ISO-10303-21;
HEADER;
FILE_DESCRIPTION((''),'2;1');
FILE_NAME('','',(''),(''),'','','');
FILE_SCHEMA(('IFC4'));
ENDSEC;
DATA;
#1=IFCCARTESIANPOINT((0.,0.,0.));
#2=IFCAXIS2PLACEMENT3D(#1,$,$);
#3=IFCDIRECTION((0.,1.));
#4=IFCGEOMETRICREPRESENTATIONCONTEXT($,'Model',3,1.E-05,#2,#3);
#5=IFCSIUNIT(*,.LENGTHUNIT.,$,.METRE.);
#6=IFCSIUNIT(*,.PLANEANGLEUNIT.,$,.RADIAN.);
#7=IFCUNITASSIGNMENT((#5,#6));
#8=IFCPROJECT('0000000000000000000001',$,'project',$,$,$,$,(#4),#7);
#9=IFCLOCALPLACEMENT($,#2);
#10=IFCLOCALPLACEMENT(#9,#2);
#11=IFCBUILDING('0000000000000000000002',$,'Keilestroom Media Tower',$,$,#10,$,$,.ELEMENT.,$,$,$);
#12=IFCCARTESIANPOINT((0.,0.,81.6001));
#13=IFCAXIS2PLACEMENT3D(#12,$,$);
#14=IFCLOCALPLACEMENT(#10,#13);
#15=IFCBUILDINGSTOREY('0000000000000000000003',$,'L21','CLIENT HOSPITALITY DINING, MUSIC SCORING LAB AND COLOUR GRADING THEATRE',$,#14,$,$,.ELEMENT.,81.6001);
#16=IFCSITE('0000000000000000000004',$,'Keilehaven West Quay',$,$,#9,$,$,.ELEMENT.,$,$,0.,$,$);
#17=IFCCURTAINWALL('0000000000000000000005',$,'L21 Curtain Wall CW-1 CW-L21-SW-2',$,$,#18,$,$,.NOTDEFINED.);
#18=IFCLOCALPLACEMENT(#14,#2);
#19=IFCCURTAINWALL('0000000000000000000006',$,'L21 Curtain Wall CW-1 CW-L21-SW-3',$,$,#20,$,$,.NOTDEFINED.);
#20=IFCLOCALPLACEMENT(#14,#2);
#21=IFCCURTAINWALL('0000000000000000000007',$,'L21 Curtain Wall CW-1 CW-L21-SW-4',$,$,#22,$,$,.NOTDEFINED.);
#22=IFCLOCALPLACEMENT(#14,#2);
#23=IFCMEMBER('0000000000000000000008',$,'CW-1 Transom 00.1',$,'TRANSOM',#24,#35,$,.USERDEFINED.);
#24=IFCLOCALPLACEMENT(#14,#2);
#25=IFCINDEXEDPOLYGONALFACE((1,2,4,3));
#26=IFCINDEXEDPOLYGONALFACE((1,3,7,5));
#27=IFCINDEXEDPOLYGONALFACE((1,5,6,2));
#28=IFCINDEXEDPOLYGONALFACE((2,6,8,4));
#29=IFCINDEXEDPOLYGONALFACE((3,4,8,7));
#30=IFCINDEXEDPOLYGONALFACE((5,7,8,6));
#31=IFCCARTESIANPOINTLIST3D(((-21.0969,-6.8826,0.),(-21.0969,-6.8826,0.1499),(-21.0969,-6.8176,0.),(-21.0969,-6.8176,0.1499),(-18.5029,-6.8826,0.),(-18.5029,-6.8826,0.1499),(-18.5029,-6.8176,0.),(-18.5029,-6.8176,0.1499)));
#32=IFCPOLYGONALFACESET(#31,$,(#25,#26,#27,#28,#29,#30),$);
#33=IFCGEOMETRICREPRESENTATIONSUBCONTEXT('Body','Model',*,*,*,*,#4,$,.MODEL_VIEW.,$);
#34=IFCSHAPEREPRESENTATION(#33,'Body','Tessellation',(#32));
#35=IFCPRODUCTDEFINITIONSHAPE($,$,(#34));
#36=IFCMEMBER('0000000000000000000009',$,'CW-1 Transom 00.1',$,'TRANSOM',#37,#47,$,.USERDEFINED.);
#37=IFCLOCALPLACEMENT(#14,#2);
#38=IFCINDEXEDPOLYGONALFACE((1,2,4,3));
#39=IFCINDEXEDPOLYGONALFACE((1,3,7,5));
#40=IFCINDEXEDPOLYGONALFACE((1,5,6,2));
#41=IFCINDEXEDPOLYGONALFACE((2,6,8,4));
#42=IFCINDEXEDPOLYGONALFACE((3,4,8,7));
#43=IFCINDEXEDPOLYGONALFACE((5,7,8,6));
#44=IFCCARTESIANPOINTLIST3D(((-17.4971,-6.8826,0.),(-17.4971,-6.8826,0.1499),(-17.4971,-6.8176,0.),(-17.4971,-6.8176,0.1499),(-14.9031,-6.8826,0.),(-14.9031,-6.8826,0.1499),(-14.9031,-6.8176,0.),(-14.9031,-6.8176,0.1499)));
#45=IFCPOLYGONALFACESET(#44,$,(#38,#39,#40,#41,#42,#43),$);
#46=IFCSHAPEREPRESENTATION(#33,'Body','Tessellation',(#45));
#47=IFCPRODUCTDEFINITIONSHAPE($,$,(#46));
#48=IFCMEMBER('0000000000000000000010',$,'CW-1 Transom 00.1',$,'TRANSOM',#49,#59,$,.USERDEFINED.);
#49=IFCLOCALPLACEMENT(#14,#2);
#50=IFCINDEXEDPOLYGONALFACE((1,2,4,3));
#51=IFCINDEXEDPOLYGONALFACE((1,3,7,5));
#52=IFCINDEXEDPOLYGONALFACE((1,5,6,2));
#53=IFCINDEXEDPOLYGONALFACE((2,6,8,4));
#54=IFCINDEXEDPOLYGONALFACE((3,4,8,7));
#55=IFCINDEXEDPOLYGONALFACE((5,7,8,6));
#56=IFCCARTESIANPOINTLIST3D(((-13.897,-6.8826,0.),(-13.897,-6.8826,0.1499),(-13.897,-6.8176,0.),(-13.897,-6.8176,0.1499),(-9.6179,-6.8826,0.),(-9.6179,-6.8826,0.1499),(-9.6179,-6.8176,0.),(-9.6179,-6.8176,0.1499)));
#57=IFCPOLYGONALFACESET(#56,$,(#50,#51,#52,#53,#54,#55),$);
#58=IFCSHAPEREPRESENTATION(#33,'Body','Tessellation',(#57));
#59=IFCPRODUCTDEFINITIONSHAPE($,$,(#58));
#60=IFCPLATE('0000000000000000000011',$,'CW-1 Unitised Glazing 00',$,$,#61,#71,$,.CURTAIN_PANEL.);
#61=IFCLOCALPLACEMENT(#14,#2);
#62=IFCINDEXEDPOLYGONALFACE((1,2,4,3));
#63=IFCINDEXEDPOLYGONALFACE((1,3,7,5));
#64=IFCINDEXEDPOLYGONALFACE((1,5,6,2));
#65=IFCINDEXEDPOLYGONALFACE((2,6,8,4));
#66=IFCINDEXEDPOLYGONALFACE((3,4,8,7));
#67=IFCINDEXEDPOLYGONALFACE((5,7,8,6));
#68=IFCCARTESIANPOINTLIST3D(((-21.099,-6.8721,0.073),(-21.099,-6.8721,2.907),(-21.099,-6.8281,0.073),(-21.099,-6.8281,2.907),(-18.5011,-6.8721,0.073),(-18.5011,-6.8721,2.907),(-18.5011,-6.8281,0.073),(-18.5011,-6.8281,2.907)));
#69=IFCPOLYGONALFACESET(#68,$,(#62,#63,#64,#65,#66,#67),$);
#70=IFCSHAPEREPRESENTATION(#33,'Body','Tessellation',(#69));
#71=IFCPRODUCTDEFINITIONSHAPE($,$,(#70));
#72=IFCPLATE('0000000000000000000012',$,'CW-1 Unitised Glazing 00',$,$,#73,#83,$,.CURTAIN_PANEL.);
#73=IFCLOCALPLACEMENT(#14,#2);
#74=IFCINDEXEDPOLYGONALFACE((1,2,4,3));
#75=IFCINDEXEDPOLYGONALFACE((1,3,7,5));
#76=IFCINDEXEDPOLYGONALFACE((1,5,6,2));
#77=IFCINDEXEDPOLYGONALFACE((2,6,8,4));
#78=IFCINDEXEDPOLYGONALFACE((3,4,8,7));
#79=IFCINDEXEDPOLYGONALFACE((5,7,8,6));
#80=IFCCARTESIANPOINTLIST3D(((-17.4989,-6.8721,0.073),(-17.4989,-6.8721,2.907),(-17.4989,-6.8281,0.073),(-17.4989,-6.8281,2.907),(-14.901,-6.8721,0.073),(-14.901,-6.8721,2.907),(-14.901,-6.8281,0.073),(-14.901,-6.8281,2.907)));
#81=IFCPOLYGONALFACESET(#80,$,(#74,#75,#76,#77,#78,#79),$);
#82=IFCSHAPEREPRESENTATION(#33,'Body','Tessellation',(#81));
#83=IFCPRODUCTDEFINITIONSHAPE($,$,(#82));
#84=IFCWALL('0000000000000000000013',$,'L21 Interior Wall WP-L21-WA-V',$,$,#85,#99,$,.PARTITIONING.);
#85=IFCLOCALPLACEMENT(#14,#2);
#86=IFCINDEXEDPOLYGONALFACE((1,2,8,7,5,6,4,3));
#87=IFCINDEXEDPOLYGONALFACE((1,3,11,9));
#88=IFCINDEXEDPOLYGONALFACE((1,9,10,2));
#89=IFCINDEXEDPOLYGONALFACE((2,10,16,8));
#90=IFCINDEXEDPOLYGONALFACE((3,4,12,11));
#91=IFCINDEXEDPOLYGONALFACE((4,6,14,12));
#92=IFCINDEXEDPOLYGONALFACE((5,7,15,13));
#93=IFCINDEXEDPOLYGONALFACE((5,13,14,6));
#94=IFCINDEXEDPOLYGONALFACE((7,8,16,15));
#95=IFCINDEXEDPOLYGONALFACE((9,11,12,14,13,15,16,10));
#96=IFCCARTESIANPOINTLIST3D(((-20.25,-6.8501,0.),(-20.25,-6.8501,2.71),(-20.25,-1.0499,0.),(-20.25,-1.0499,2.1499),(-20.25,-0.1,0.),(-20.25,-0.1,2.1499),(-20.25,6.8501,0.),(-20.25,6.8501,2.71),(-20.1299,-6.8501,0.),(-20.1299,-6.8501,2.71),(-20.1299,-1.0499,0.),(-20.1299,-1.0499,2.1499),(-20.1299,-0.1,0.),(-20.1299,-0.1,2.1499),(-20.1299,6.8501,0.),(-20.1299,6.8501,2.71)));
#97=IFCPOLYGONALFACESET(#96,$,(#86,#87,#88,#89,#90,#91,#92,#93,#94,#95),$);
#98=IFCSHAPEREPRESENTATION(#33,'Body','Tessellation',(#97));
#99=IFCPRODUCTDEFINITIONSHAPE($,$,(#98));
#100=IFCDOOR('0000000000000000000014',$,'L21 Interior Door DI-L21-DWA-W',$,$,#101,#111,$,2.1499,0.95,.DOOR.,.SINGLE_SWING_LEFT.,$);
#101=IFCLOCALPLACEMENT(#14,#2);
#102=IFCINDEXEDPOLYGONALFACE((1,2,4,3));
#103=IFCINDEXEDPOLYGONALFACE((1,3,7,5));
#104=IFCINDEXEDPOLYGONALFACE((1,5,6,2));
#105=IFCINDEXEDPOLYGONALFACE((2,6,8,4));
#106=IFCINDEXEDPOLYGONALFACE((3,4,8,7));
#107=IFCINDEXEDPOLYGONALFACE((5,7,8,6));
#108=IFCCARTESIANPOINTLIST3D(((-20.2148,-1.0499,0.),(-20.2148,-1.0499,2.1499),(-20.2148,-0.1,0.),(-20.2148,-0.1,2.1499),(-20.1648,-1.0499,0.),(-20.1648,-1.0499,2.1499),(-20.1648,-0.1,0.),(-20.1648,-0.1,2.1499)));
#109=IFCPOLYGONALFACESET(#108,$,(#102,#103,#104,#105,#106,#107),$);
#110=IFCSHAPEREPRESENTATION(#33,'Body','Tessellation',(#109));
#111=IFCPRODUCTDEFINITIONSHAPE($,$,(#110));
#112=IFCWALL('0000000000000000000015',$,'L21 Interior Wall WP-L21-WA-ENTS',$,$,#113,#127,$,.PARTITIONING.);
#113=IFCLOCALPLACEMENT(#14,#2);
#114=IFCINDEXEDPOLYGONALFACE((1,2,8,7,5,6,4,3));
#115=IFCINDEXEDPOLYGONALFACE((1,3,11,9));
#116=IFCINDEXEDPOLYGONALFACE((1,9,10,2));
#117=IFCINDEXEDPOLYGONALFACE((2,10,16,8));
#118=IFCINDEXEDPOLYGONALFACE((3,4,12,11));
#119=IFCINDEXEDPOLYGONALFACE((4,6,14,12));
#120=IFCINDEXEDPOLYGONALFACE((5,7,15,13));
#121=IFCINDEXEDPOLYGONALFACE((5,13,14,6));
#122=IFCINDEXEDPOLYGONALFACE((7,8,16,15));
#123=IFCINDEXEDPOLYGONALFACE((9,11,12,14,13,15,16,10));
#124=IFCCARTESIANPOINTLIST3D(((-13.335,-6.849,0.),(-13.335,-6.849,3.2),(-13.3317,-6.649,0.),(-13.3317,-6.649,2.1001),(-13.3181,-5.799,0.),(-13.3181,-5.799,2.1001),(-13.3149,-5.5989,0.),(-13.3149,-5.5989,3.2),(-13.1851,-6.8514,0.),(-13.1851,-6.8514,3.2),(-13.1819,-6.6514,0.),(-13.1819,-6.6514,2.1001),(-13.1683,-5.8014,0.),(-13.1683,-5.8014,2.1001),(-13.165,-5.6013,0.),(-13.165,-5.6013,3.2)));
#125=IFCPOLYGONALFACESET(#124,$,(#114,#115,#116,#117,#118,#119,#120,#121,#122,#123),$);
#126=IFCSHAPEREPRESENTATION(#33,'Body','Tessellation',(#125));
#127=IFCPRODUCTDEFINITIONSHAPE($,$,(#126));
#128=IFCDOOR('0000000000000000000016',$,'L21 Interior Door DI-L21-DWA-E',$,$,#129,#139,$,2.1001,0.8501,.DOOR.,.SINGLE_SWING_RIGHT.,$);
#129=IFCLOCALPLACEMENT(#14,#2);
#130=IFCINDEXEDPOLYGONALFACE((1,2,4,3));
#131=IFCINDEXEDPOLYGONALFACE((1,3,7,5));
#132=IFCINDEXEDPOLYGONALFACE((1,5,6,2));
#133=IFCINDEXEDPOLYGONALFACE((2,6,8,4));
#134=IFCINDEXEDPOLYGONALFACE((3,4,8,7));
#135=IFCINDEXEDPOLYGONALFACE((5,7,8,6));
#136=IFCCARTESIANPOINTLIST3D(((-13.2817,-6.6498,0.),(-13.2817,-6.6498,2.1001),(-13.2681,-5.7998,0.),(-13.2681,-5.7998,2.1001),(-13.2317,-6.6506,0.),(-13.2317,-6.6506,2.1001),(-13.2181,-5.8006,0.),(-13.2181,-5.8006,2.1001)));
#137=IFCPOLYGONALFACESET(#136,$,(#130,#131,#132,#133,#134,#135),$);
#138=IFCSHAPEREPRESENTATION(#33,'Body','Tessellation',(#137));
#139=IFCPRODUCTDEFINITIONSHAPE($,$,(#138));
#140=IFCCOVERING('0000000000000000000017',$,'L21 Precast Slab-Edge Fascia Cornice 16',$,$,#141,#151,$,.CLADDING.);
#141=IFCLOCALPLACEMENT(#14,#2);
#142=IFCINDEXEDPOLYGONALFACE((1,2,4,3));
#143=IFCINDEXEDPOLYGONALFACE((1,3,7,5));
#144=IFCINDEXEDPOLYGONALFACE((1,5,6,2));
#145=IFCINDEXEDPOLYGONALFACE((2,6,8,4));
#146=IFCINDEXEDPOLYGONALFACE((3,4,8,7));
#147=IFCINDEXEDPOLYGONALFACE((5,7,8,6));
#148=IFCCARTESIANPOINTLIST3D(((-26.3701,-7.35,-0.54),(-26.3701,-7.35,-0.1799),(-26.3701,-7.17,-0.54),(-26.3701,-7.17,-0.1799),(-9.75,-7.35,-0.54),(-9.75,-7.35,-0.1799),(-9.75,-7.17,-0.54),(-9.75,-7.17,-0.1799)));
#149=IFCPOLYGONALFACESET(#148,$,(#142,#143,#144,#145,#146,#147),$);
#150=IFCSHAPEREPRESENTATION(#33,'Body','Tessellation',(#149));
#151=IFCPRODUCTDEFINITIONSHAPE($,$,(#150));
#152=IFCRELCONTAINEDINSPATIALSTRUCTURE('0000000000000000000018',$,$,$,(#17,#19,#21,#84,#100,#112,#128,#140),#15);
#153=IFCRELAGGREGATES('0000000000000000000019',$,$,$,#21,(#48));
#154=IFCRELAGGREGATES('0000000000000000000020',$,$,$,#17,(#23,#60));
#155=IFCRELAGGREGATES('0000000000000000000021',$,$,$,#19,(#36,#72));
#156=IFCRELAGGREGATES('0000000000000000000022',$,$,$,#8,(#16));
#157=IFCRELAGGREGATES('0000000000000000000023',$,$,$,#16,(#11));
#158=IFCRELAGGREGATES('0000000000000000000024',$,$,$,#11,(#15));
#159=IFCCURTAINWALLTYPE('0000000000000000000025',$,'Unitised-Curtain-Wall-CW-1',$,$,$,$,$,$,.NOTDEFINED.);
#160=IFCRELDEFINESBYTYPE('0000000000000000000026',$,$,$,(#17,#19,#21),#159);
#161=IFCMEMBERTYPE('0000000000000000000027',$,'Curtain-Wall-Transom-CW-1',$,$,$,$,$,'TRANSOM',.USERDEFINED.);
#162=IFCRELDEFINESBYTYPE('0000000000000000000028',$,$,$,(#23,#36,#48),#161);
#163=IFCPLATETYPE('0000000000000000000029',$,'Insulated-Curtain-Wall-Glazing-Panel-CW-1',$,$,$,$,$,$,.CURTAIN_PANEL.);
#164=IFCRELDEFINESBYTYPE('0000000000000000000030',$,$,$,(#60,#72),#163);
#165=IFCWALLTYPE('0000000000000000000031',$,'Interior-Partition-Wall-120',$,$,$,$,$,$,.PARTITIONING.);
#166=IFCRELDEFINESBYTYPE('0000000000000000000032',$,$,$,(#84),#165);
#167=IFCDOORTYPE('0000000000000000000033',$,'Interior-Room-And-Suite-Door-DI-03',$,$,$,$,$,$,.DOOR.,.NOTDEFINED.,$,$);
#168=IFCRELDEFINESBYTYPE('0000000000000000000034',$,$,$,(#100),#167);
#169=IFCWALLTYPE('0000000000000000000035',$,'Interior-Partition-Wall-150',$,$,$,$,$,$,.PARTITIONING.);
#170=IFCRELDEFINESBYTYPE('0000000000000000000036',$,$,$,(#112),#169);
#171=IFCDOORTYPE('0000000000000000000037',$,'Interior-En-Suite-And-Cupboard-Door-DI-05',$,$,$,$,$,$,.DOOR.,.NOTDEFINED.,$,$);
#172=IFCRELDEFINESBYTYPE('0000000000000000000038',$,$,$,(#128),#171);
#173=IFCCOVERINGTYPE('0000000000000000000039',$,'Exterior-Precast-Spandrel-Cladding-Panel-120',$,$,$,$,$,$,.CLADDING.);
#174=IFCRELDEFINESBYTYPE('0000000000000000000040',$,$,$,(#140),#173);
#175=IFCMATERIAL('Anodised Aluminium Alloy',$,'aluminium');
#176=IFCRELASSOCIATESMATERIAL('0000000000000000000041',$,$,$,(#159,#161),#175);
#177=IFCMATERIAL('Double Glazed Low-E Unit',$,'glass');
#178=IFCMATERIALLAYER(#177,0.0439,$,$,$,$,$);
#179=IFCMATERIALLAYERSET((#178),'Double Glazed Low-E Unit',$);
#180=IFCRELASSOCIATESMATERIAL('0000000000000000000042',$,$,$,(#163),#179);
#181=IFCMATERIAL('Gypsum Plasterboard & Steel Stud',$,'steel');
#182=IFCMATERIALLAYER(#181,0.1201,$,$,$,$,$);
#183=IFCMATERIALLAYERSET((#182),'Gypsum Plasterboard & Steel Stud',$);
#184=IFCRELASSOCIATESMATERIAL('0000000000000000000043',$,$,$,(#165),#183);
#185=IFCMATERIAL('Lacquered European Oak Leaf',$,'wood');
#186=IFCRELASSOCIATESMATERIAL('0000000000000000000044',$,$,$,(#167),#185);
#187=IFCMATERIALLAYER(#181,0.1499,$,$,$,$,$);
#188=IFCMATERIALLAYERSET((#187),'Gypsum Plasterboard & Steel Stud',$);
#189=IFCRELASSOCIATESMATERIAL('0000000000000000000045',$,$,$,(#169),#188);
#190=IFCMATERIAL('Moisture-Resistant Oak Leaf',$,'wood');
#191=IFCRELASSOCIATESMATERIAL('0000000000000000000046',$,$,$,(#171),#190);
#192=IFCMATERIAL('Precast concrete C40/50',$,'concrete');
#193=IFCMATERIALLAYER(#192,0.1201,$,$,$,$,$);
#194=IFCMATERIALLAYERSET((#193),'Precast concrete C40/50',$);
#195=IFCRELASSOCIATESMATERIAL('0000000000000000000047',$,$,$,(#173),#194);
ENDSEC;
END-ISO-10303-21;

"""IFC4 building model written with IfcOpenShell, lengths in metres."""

from ifc_helpers import new_model, si_unit, direction, frame, frame_2d, origin, origin_2d, place, context, subcontext, project, spatial, rectangle, extrude, source, transform, mapped, material, layer, layer_set, material_profile, profile_set, type_object, element, fill, aggregate, save


model = new_model("IFC4")

# Units and contexts
model_context = context("Model", 3, precision=1e-05, world=origin(), true_north=direction((0.0, 1.0)))
body_context = subcontext(model_context, "Body", "Model", "MODEL_VIEW")
ifc_project = project(units=[si_unit("LENGTHUNIT", "METRE"), si_unit("PLANEANGLEUNIT", "RADIAN")], contexts=[model_context])

# Site, building, storey
site_placement = place(None, origin())
site = spatial("IfcSite", under=ifc_project, at=site_placement, Name="Keilehaven West Quay", CompositionType="ELEMENT", RefElevation=0.0)
building_placement = place(site_placement, origin())
building = spatial("IfcBuilding", under=site, at=building_placement, Name="Keilestroom Media Tower", CompositionType="ELEMENT")
storey_placement = place(building_placement, frame((0.0, 0.0, 81.6001)))
storey = spatial("IfcBuildingStorey", under=building, at=storey_placement, Name="L21", Description="CLIENT HOSPITALITY DINING, MUSIC SCORING LAB AND COLOUR GRADING THEATRE", CompositionType="ELEMENT", Elevation=81.6001)

# Shared definitions
ifc_material_1 = material(Name="Precast concrete C40/50", Category="concrete")

# Curtain walls
ifc_material_2 = material(Name="Anodised Aluminium Alloy", Category="aluminium")
curtain_wall_type = type_object("IfcCurtainWallType", Name="Unitised-Curtain-Wall-CW-1", PredefinedType="NOTDEFINED", material=ifc_material_2)
curtain_wall_1_placement = place(storey_placement, origin())
curtain_wall_1 = element("IfcCurtainWall", 1, at=curtain_wall_1_placement, inside=storey, type_object=curtain_wall_type, Name="L21 Curtain Wall CW-1 CW-L21-SW-2", PredefinedType="NOTDEFINED")
curtain_wall_2_placement = place(storey_placement, origin())
curtain_wall_2 = element("IfcCurtainWall", 2, at=curtain_wall_2_placement, inside=storey, type_object=curtain_wall_type, Name="L21 Curtain Wall CW-1 CW-L21-SW-3", PredefinedType="NOTDEFINED")

# Curtain wall
curtain_wall_3_placement = place(storey_placement, origin())
curtain_wall_3 = element("IfcCurtainWall", 3, at=curtain_wall_3_placement, inside=storey, type_object=curtain_wall_type, Name="L21 Curtain Wall CW-1 CW-L21-SW-4", PredefinedType="NOTDEFINED")

# Members
ifc_material_profile_1 = material_profile(ifc_material_2, rectangle(XDim=0.0649, YDim=0.1499, at=origin_2d()), Name="ALU TRANSOM 65x150")
ifc_profile_set_1 = profile_set([ifc_material_profile_1], Name="Anodised Aluminium Alloy")
member_type_1 = type_object("IfcMemberType", Name="Curtain-Wall-Transom-CW-1", ElementType="TRANSOM", PredefinedType="USERDEFINED", material=ifc_profile_set_1)
shared_shape_1 = source(origin(), body_context, "Body", "SweptSolid", [
    extrude(rectangle(XDim=0.0649, YDim=0.1499, at=origin_2d()), origin(), (0.0, 0.0, 1.0), 2.594),
])
member_1_placement = place(storey_placement, frame((-21.0969, -6.8501, 0.075), z_axis=(1.0, 0.0, 0.0), x_axis=(0.0, 1.0, 0.0)))
member_1 = element("IfcMember", 4, at=member_1_placement, type_object=member_type_1, Name="CW-1 Transom 00.1", ObjectType="TRANSOM", PredefinedType="USERDEFINED", context=body_context, shape_type="MappedRepresentation", body=[
    mapped(shared_shape_1, transform((0.0, 0.0, 0.0), x_axis=(1.0, 0.0, 0.0), y_axis=(0.0, 1.0, 0.0), z_axis=(0.0, 0.0, 1.0), scale=1.0)),
])
member_2_placement = place(storey_placement, frame((-17.4971, -6.8501, 0.075), z_axis=(1.0, 0.0, 0.0), x_axis=(0.0, 1.0, 0.0)))
member_2 = element("IfcMember", 5, at=member_2_placement, type_object=member_type_1, Name="CW-1 Transom 00.1", ObjectType="TRANSOM", PredefinedType="USERDEFINED", context=body_context, shape_type="MappedRepresentation", body=[
    mapped(shared_shape_1, transform((0.0, 0.0, 0.0), x_axis=(1.0, 0.0, 0.0), y_axis=(0.0, 1.0, 0.0), z_axis=(0.0, 0.0, 1.0), scale=1.0)),
])
shared_shape_2 = source(origin(), body_context, "Body", "SweptSolid", [
    extrude(rectangle(XDim=0.0649, YDim=0.1499, at=origin_2d()), origin(), (0.0, 0.0, 1.0), 4.2791),
])
member_3_placement = place(storey_placement, frame((-13.897, -6.8501, 0.075), z_axis=(1.0, 0.0, 0.0), x_axis=(0.0, 1.0, 0.0)))
member_3 = element("IfcMember", 6, at=member_3_placement, type_object=member_type_1, Name="CW-1 Transom 00.1", ObjectType="TRANSOM", PredefinedType="USERDEFINED", context=body_context, shape_type="MappedRepresentation", body=[
    mapped(shared_shape_2, transform((0.0, 0.0, 0.0), x_axis=(1.0, 0.0, 0.0), y_axis=(0.0, 1.0, 0.0), z_axis=(0.0, 0.0, 1.0), scale=1.0)),
])
aggregate(curtain_wall_3, [member_3])

# Plates
ifc_material_3 = material(Name="Double Glazed Low-E Unit", Category="glass")
ifc_layer_1 = layer(ifc_material_3, 0.0439)
ifc_layer_set_1 = layer_set([ifc_layer_1], Name="Double Glazed Low-E Unit")
plate_type = type_object("IfcPlateType", Name="Insulated-Curtain-Wall-Glazing-Panel-CW-1", PredefinedType="CURTAIN_PANEL", material=ifc_layer_set_1)
shared_shape_3 = source(origin(), body_context, "Body", "SweptSolid", [
    extrude(rectangle(XDim=2.5979, YDim=0.0439, at=origin_2d()), origin(), (0.0, 0.0, 1.0), 2.834),
])
plate_1_placement = place(storey_placement, frame((-19.8, -6.8501, 0.073), z_axis=(0.0, 0.0, 1.0), x_axis=(1.0, 0.0, 0.0)))
plate_1 = element("IfcPlate", 7, at=plate_1_placement, type_object=plate_type, Name="CW-1 Unitised Glazing 00", PredefinedType="CURTAIN_PANEL", context=body_context, shape_type="MappedRepresentation", body=[
    mapped(shared_shape_3, transform((0.0, 0.0, 0.0), x_axis=(1.0, 0.0, 0.0), y_axis=(0.0, 1.0, 0.0), z_axis=(0.0, 0.0, 1.0), scale=1.0)),
])
aggregate(curtain_wall_1, [member_1, plate_1])
plate_2_placement = place(storey_placement, frame((-16.2, -6.8501, 0.073), z_axis=(0.0, 0.0, 1.0), x_axis=(1.0, 0.0, 0.0)))
plate_2 = element("IfcPlate", 8, at=plate_2_placement, type_object=plate_type, Name="CW-1 Unitised Glazing 00", PredefinedType="CURTAIN_PANEL", context=body_context, shape_type="MappedRepresentation", body=[
    mapped(shared_shape_3, transform((0.0, 0.0, 0.0), x_axis=(1.0, 0.0, 0.0), y_axis=(0.0, 1.0, 0.0), z_axis=(0.0, 0.0, 1.0), scale=1.0)),
])
aggregate(curtain_wall_2, [member_2, plate_2])

# Walls, openings, doors
ifc_material_4 = material(Name="Gypsum Plasterboard & Steel Stud", Category="steel")
ifc_layer_2 = layer(ifc_material_4, 0.1201)
ifc_layer_set_2 = layer_set([ifc_layer_2], Name="Gypsum Plasterboard & Steel Stud")
wall_type_1 = type_object("IfcWallType", Name="Interior-Partition-Wall-120", PredefinedType="PARTITIONING", material=ifc_layer_set_2)
wall_1_placement = place(storey_placement, frame((-20.1899, -6.8501, 0.0), z_axis=(0.0, 0.0, 1.0), x_axis=(0.0, 1.0, 0.0)))
wall_1 = element("IfcWall", 9, at=wall_1_placement, inside=storey, type_object=wall_type_1, Name="L21 Interior Wall WP-L21-WA-V", PredefinedType="PARTITIONING", context=body_context, shape_type="SweptSolid", body=[
    extrude(rectangle(XDim=13.7002, YDim=0.1201, at=frame_2d((6.8501, 0.0))), origin(), (0.0, 0.0, 1.0), 2.71),
])
opening_1_placement = place(wall_1_placement, frame((5.8, 0.0, 0.0)))
opening_1 = element("IfcOpeningElement", 10, at=opening_1_placement, cuts=wall_1, PredefinedType="OPENING", context=body_context, shape_type="SweptSolid", body=[
    extrude(rectangle(XDim=0.95, YDim=2.1499, at=frame_2d((0.4751, 1.075))), frame((0.0, 0.0701, 0.0), z_axis=(0.0, -1.0, 0.0), x_axis=(1.0, 0.0, 0.0)), (0.0, 0.0, 1.0), 0.1401),
])
ifc_material_5 = material(Name="Lacquered European Oak Leaf", Category="wood")
door_type_1 = type_object("IfcDoorType", Name="Interior-Room-And-Suite-Door-DI-03", OperationType="NOTDEFINED", PredefinedType="DOOR", material=ifc_material_5)
shared_shape_4 = source(origin(), body_context, "Body", "SweptSolid", [
    extrude(rectangle(XDim=0.95, YDim=2.1499, at=frame_2d((0.4751, 1.075))), frame((0.0, 0.0249, 0.0), z_axis=(0.0, -1.0, 0.0), x_axis=(1.0, 0.0, 0.0)), (0.0, 0.0, 1.0), 0.05),
])
door_1_placement = place(opening_1_placement, origin())
door_1 = element("IfcDoor", 11, at=door_1_placement, inside=storey, type_object=door_type_1, Name="L21 Interior Door DI-L21-DWA-W", OperationType="SINGLE_SWING_LEFT", OverallHeight=2.1499, OverallWidth=0.95, PredefinedType="DOOR", context=body_context, shape_type="MappedRepresentation", body=[
    mapped(shared_shape_4, transform((0.0, 0.0, 0.0), x_axis=(1.0, 0.0, 0.0), y_axis=(0.0, 1.0, 0.0), z_axis=(0.0, 0.0, 1.0), scale=1.0)),
])
fill(opening_1, door_1)
ifc_layer_3 = layer(ifc_material_4, 0.1499)
ifc_layer_set_3 = layer_set([ifc_layer_3], Name="Gypsum Plasterboard & Steel Stud")
wall_type_2 = type_object("IfcWallType", Name="Interior-Partition-Wall-150", PredefinedType="PARTITIONING", material=ifc_layer_set_3)
wall_2_placement = place(storey_placement, frame((-13.26, -6.8501, 0.0), z_axis=(0.0, 0.0, 1.0), x_axis=(0.016014, 0.999872, 0.0)))
wall_2 = element("IfcWall", 12, at=wall_2_placement, inside=storey, type_object=wall_type_2, Name="L21 Interior Wall WP-L21-WA-ENTS", PredefinedType="PARTITIONING", context=body_context, shape_type="SweptSolid", body=[
    extrude(rectangle(XDim=1.2502, YDim=0.1499, at=frame_2d((0.625, 0.0))), origin(), (0.0, 0.0, 1.0), 3.2),
])
opening_2_placement = place(wall_2_placement, frame((0.2, 0.0, 0.0)))
opening_2 = element("IfcOpeningElement", 13, at=opening_2_placement, cuts=wall_2, PredefinedType="OPENING", context=body_context, shape_type="SweptSolid", body=[
    extrude(rectangle(XDim=0.8501, YDim=2.1001, at=frame_2d((0.425, 1.05))), frame((0.0, 0.085, 0.0), z_axis=(0.0, -1.0, 0.0), x_axis=(1.0, 0.0, 0.0)), (0.0, 0.0, 1.0), 0.1699),
])
ifc_material_6 = material(Name="Moisture-Resistant Oak Leaf", Category="wood")
door_type_2 = type_object("IfcDoorType", Name="Interior-En-Suite-And-Cupboard-Door-DI-05", OperationType="NOTDEFINED", PredefinedType="DOOR", material=ifc_material_6)
shared_shape_5 = source(origin(), body_context, "Body", "SweptSolid", [
    extrude(rectangle(XDim=0.8501, YDim=2.1001, at=frame_2d((0.425, 1.05))), frame((0.0, 0.0249, 0.0), z_axis=(0.0, -1.0, 0.0), x_axis=(1.0, 0.0, 0.0)), (0.0, 0.0, 1.0), 0.05),
])
door_2_placement = place(opening_2_placement, origin())
door_2 = element("IfcDoor", 14, at=door_2_placement, inside=storey, type_object=door_type_2, Name="L21 Interior Door DI-L21-DWA-E", OperationType="SINGLE_SWING_RIGHT", OverallHeight=2.1001, OverallWidth=0.8501, PredefinedType="DOOR", context=body_context, shape_type="MappedRepresentation", body=[
    mapped(shared_shape_5, transform((0.0, 0.0, 0.0), x_axis=(1.0, 0.0, 0.0), y_axis=(0.0, 1.0, 0.0), z_axis=(0.0, 0.0, 1.0), scale=1.0)),
])
fill(opening_2, door_2)

# Covering
ifc_layer_4 = layer(ifc_material_1, 0.1201)
ifc_layer_set_4 = layer_set([ifc_layer_4], Name="Precast concrete C40/50")
covering_type = type_object("IfcCoveringType", Name="Exterior-Precast-Spandrel-Cladding-Panel-120", PredefinedType="CLADDING", material=ifc_layer_set_4)
shared_shape_6 = source(origin(), body_context, "Body", "SweptSolid", [
    extrude(rectangle(XDim=16.6201, YDim=0.1799, at=origin_2d()), origin(), (0.0, 0.0, 1.0), 0.3601),
])
covering_placement = place(storey_placement, frame((-18.0601, -7.26, -0.54), z_axis=(0.0, 0.0, 1.0), x_axis=(-1.0, 0.0, 0.0)))
element("IfcCovering", 15, at=covering_placement, inside=storey, type_object=covering_type, Name="L21 Precast Slab-Edge Fascia Cornice 16", PredefinedType="CLADDING", context=body_context, shape_type="MappedRepresentation", body=[
    mapped(shared_shape_6, transform((0.0, 0.0, 0.0), x_axis=(1.0, 0.0, 0.0), y_axis=(0.0, 1.0, 0.0), z_axis=(0.0, 0.0, 1.0), scale=1.0)),
])

save(model, "model.ifc")
